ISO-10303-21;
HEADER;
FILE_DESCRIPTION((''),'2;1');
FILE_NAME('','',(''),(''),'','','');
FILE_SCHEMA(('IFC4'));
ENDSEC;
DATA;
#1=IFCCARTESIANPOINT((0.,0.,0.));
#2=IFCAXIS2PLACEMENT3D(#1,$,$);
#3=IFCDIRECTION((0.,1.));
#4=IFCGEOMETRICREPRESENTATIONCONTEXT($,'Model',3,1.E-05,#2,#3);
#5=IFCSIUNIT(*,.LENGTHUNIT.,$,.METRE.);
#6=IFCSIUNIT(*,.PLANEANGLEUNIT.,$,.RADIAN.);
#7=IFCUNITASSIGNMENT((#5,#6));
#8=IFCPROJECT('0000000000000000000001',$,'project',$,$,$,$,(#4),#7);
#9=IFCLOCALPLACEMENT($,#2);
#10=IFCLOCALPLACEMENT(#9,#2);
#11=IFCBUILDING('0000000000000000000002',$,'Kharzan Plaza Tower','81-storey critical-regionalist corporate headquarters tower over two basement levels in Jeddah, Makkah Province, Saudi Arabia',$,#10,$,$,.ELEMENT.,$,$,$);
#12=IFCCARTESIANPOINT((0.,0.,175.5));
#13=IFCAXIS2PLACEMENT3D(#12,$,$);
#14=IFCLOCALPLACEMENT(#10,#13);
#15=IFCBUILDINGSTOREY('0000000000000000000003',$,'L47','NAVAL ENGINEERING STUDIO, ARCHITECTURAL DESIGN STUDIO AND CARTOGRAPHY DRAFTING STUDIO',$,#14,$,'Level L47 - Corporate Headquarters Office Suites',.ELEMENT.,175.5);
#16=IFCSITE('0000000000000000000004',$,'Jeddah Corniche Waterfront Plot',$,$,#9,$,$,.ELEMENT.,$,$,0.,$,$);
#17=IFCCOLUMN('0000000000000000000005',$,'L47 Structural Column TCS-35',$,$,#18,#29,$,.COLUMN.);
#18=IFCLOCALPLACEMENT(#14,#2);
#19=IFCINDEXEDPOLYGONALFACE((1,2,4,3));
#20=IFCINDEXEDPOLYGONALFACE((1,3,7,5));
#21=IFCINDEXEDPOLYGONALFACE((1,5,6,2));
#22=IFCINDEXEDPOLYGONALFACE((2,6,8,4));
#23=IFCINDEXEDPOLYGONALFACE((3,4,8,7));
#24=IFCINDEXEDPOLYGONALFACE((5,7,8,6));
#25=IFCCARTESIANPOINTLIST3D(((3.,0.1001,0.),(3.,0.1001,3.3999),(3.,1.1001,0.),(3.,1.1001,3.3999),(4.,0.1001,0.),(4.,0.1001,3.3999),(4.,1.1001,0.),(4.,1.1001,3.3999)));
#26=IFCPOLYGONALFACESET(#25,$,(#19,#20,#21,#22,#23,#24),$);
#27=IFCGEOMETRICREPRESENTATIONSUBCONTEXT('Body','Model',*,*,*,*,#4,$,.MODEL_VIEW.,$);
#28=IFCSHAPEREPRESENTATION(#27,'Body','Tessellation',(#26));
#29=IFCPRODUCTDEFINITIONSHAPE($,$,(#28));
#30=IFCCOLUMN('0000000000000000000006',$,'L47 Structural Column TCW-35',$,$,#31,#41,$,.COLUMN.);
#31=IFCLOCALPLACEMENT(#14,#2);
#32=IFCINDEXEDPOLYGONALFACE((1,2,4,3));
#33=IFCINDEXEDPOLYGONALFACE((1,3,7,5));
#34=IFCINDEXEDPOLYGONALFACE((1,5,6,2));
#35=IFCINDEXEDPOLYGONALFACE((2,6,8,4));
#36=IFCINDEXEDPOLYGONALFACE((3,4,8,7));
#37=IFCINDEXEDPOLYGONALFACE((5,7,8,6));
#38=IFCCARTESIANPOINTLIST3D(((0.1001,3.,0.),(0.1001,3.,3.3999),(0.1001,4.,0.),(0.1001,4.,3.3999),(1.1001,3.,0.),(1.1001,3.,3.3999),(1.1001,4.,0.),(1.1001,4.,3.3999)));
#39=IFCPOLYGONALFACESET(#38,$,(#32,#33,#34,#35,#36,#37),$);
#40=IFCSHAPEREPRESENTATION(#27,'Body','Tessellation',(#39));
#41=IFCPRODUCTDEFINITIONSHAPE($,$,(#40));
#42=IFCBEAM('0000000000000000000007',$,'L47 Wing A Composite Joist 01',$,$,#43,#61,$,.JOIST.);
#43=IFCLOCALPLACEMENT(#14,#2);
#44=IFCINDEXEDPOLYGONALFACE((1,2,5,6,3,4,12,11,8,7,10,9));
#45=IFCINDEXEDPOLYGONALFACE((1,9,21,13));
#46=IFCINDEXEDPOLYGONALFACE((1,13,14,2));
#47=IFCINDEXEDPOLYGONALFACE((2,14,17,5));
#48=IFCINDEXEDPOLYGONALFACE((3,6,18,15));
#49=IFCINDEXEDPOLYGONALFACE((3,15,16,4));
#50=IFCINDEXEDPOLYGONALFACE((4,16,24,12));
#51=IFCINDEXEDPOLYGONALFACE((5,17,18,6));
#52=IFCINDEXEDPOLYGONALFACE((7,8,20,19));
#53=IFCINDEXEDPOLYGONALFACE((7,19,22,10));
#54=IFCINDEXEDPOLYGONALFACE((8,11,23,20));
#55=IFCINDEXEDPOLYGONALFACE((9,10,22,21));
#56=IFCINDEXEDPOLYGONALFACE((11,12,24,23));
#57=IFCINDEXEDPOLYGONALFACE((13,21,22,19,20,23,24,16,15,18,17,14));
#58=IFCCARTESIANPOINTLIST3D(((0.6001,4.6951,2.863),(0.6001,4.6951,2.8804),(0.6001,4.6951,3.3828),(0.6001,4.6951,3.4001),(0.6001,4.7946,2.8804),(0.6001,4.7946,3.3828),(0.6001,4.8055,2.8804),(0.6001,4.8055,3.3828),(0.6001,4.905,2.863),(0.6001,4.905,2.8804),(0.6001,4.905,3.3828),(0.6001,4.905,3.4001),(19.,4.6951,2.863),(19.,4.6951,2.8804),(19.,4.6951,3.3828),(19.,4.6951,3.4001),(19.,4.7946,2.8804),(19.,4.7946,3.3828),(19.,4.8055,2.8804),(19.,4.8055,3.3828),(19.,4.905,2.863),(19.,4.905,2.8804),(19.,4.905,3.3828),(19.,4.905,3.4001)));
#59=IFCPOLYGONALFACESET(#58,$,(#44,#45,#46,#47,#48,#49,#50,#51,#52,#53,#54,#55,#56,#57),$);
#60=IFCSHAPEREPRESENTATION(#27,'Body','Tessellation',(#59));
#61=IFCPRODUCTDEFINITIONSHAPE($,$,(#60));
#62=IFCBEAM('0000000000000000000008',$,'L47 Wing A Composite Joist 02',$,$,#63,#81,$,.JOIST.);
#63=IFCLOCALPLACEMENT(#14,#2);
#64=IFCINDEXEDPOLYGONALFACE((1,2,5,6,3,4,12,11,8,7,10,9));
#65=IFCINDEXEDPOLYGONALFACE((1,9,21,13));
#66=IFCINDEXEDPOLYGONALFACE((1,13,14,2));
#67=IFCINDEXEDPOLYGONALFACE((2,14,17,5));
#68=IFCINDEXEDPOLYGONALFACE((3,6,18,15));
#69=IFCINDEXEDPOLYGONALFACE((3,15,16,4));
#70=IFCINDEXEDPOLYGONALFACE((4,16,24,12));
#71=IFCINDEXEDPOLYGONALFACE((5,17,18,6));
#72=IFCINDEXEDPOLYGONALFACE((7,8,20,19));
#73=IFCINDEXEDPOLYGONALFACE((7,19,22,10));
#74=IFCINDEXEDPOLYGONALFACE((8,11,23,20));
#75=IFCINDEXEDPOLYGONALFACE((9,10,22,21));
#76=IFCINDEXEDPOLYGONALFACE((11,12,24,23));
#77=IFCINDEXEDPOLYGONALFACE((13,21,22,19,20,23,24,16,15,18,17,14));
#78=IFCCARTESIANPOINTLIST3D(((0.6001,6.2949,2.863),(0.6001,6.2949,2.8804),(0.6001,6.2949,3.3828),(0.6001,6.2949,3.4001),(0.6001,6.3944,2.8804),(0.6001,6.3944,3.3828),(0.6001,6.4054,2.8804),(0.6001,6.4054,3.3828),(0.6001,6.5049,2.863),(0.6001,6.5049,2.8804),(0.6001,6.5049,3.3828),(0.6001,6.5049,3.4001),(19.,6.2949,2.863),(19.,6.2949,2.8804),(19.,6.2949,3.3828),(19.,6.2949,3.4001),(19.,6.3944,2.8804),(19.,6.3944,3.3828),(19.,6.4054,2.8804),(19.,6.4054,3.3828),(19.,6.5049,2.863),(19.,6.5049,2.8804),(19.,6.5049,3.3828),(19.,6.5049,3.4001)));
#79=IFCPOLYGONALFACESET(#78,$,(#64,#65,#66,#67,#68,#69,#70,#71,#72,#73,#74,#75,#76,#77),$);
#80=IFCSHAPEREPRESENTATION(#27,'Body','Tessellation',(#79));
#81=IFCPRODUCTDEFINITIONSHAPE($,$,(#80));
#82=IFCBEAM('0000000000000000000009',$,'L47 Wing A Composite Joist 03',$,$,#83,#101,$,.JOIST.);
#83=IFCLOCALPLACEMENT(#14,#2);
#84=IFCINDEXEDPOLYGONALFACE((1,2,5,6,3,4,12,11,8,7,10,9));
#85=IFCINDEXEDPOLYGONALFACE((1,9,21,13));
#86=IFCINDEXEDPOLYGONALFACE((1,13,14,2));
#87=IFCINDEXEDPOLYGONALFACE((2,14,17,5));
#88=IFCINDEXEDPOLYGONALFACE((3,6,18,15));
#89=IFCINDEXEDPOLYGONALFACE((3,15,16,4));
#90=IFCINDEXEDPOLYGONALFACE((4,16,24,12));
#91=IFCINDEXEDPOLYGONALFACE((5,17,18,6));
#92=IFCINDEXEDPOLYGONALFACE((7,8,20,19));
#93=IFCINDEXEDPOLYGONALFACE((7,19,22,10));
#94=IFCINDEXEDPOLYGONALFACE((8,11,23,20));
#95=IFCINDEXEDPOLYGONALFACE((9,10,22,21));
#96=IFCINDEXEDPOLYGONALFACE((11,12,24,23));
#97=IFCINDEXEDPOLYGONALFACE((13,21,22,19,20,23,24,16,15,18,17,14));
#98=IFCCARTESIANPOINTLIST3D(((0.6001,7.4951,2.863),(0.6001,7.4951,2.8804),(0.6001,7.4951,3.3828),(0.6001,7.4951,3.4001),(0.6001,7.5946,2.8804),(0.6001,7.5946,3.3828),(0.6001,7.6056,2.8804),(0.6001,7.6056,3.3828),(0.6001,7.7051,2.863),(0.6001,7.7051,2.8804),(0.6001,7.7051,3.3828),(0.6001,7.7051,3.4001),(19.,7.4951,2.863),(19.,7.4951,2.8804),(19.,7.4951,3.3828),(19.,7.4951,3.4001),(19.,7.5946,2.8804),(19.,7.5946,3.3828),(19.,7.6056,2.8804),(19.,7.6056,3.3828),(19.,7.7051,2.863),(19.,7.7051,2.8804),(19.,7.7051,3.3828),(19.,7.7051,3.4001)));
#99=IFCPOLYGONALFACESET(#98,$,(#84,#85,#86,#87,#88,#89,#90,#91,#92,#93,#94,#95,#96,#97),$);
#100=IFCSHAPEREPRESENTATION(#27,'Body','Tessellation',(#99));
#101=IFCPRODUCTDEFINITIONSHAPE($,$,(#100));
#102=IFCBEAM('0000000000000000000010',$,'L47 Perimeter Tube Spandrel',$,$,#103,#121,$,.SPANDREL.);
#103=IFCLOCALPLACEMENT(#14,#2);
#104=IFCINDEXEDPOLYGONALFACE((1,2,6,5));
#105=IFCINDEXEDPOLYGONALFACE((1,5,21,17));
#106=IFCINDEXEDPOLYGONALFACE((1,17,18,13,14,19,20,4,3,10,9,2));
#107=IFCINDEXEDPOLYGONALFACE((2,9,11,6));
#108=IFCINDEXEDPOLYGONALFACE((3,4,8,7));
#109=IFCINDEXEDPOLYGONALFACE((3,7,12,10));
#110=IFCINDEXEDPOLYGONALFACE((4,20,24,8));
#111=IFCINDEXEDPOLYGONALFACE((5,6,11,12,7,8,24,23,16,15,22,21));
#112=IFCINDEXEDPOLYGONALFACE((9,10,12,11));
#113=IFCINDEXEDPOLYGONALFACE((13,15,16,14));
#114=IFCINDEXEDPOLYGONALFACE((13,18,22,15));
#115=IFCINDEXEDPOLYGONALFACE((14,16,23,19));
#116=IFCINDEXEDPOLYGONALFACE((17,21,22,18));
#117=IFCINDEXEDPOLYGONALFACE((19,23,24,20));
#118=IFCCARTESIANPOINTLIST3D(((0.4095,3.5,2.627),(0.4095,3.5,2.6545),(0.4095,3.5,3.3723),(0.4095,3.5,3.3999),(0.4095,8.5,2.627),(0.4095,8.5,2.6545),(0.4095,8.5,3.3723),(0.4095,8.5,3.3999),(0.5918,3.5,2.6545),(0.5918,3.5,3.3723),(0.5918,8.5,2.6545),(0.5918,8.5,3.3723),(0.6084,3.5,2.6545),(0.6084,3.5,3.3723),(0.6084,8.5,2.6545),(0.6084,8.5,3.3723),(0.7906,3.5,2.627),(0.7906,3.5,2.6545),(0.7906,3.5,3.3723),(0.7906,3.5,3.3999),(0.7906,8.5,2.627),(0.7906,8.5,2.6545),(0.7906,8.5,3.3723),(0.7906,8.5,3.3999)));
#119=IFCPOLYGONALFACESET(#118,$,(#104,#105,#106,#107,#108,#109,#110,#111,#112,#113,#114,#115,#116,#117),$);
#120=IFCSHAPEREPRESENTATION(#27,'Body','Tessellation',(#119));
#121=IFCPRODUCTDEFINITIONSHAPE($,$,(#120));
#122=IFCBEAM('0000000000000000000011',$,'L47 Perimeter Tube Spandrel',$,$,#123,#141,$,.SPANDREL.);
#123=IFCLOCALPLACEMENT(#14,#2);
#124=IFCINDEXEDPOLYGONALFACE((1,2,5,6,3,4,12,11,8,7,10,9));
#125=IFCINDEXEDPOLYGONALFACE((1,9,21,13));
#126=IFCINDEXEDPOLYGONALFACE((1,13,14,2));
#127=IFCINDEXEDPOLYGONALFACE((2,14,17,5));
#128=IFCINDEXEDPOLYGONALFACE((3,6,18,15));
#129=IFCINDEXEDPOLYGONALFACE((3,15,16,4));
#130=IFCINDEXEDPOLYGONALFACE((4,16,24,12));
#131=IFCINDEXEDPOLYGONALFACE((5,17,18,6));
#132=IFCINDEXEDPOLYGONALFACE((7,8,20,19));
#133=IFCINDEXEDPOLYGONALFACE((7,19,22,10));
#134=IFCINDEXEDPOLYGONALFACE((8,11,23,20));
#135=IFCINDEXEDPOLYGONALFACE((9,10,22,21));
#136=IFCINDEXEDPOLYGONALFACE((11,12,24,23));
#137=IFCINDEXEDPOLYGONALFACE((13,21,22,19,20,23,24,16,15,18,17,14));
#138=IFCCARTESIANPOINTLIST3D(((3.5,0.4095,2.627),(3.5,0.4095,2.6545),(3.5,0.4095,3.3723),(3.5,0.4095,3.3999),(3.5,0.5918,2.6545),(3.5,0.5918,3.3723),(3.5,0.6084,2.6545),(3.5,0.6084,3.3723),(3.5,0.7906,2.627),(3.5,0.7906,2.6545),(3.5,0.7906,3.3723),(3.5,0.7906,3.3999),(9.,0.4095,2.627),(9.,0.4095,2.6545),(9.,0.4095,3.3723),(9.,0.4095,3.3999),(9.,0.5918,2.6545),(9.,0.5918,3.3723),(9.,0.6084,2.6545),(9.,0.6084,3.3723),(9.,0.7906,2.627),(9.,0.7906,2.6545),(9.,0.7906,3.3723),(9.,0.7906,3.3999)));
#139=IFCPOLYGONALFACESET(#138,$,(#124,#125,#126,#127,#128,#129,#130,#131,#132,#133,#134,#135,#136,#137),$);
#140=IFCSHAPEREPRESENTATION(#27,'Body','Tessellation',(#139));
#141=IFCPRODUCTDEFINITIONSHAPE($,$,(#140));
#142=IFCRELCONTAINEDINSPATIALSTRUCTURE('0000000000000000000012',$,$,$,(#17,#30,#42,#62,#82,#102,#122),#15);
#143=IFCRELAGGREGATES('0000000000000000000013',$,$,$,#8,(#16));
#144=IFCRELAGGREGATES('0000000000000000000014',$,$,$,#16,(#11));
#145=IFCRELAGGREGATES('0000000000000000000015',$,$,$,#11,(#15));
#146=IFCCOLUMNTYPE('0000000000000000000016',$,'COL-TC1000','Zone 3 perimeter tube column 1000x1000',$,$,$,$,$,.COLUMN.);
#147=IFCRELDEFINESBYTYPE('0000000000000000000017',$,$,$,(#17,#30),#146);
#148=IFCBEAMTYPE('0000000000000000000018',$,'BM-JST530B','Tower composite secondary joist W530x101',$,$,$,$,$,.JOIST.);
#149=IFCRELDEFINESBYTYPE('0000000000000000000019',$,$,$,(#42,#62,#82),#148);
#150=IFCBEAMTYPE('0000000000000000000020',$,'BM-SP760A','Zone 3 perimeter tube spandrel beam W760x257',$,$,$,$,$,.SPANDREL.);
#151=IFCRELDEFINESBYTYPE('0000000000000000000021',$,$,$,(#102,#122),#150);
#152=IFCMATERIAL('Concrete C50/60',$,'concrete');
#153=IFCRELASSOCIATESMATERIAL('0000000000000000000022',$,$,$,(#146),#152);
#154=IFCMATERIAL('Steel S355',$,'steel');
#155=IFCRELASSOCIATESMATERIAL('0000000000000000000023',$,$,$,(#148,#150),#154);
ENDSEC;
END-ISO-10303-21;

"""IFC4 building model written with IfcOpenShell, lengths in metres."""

from ifc_helpers import new_model, si_unit, direction, frame, origin, origin_2d, place, context, subcontext, project, spatial, rectangle, i_section, extrude, source, transform, mapped, material, material_profile, profile_set, type_object, element, save


model = new_model("IFC4")

# Units and contexts
model_context = context("Model", 3, precision=1e-05, world=origin(), true_north=direction((0.0, 1.0)))
body_context = subcontext(model_context, "Body", "Model", "MODEL_VIEW")
ifc_project = project(units=[si_unit("LENGTHUNIT", "METRE"), si_unit("PLANEANGLEUNIT", "RADIAN")], contexts=[model_context])

# Site, building, storey
site_placement = place(None, origin())
site = spatial("IfcSite", under=ifc_project, at=site_placement, Name="Jeddah Corniche Waterfront Plot", CompositionType="ELEMENT", RefElevation=0.0)
building_placement = place(site_placement, origin())
building = spatial("IfcBuilding", under=site, at=building_placement, Name="Kharzan Plaza Tower", Description="81-storey critical-regionalist corporate headquarters tower over two basement levels in Jeddah, Makkah Province, Saudi Arabia", CompositionType="ELEMENT")
storey_placement = place(building_placement, frame((0.0, 0.0, 175.5)))
storey = spatial("IfcBuildingStorey", under=building, at=storey_placement, Name="L47", Description="NAVAL ENGINEERING STUDIO, ARCHITECTURAL DESIGN STUDIO AND CARTOGRAPHY DRAFTING STUDIO", LongName="Level L47 - Corporate Headquarters Office Suites", CompositionType="ELEMENT", Elevation=175.5)

# Columns
ifc_material_1 = material(Name="Concrete C50/60", Category="concrete")
ifc_material_profile_1 = material_profile(ifc_material_1, rectangle(XDim=1.0, YDim=1.0, at=origin_2d()), Name="RC-TC1000x1000")
ifc_profile_set_1 = profile_set([ifc_material_profile_1], Name="Concrete C50/60")
column_type = type_object("IfcColumnType", Name="COL-TC1000", Description="Zone 3 perimeter tube column 1000x1000", PredefinedType="COLUMN", material=ifc_profile_set_1)
shared_shape_1 = source(origin(), body_context, "Body", "SweptSolid", [
    extrude(rectangle(XDim=1.0, YDim=1.0, at=origin_2d()), origin(), (0.0, 0.0, 1.0), 3.3999),
])
for number, where, z_axis, x_axis, name in (
    (1, (3.5, 0.6001, 0.0), (0.0, 0.0, 1.0), (1.0, 0.0, 0.0), "L47 Structural Column TCS-35"),
    (2, (0.6001, 3.5, 0.0), (0.0, 0.0, 1.0), (1.0, 0.0, 0.0), "L47 Structural Column TCW-35"),
):
    element("IfcColumn", number, at=place(storey_placement, frame(where, z_axis=z_axis, x_axis=x_axis)), inside=storey, type_object=column_type, Name=name, PredefinedType="COLUMN", context=body_context, shape_type="MappedRepresentation", body=[
        mapped(shared_shape_1, transform((0.0, 0.0, 0.0), x_axis=(1.0, 0.0, 0.0), y_axis=(0.0, 1.0, 0.0), z_axis=(0.0, 0.0, 1.0))),
    ])

# Beams
ifc_material_2 = material(Name="Steel S355", Category="steel")
ifc_material_profile_2 = material_profile(ifc_material_2, i_section(OverallWidth=0.21, OverallDepth=0.5371, WebThickness=0.011, FlangeThickness=0.0173, at=origin_2d()), Name="W530x101")
ifc_profile_set_2 = profile_set([ifc_material_profile_2], Name="Steel S355")
beam_type_1 = type_object("IfcBeamType", Name="BM-JST530B", Description="Tower composite secondary joist W530x101", PredefinedType="JOIST", material=ifc_profile_set_2)
shared_shape_2 = source(origin(), body_context, "Body", "SweptSolid", [
    extrude(i_section(OverallWidth=0.21, OverallDepth=0.5371, WebThickness=0.011, FlangeThickness=0.0173, at=origin_2d()), origin(), (0.0, 0.0, 1.0), 18.3999),
])
for number, where, z_axis, x_axis, name in (
    (3, (0.6001, 4.8, 3.1316), (1.0, 0.0, 0.0), (0.0, 1.0, 0.0), "L47 Wing A Composite Joist 01"),
    (4, (0.6001, 6.3999, 3.1316), (1.0, 0.0, 0.0), (0.0, 1.0, 0.0), "L47 Wing A Composite Joist 02"),
    (5, (0.6001, 7.6001, 3.1316), (1.0, 0.0, 0.0), (0.0, 1.0, 0.0), "L47 Wing A Composite Joist 03"),
):
    element("IfcBeam", number, at=place(storey_placement, frame(where, z_axis=z_axis, x_axis=x_axis)), inside=storey, type_object=beam_type_1, Name=name, PredefinedType="JOIST", context=body_context, shape_type="MappedRepresentation", body=[
        mapped(shared_shape_2, transform((0.0, 0.0, 0.0), x_axis=(1.0, 0.0, 0.0), y_axis=(0.0, 1.0, 0.0), z_axis=(0.0, 0.0, 1.0))),
    ])
ifc_material_profile_3 = material_profile(ifc_material_2, i_section(OverallWidth=0.3811, OverallDepth=0.7729, WebThickness=0.0166, FlangeThickness=0.0276, at=origin_2d()), Name="W760x257")
ifc_profile_set_3 = profile_set([ifc_material_profile_3], Name="Steel S355")
beam_type_2 = type_object("IfcBeamType", Name="BM-SP760A", Description="Zone 3 perimeter tube spandrel beam W760x257", PredefinedType="SPANDREL", material=ifc_profile_set_3)
shared_shape_3 = source(origin(), body_context, "Body", "SweptSolid", [
    extrude(i_section(OverallWidth=0.3811, OverallDepth=0.7729, WebThickness=0.0166, FlangeThickness=0.0276, at=origin_2d()), origin(), (0.0, 0.0, 1.0), 5.0),
])
beam_1_placement = place(storey_placement, frame((0.6001, 3.5, 3.0134), z_axis=(0.0, 1.0, 0.0), x_axis=(-1.0, 0.0, 0.0)))
element("IfcBeam", 6, at=beam_1_placement, inside=storey, type_object=beam_type_2, Name="L47 Perimeter Tube Spandrel", PredefinedType="SPANDREL", context=body_context, shape_type="MappedRepresentation", body=[
    mapped(shared_shape_3, transform((0.0, 0.0, 0.0), x_axis=(1.0, 0.0, 0.0), y_axis=(0.0, 1.0, 0.0), z_axis=(0.0, 0.0, 1.0))),
])
shared_shape_4 = source(origin(), body_context, "Body", "SweptSolid", [
    extrude(i_section(OverallWidth=0.3811, OverallDepth=0.7729, WebThickness=0.0166, FlangeThickness=0.0276, at=origin_2d()), origin(), (0.0, 0.0, 1.0), 5.5),
])
beam_2_placement = place(storey_placement, frame((3.5, 0.6001, 3.0134), z_axis=(1.0, 0.0, 0.0), x_axis=(0.0, 1.0, 0.0)))
element("IfcBeam", 7, at=beam_2_placement, inside=storey, type_object=beam_type_2, Name="L47 Perimeter Tube Spandrel", PredefinedType="SPANDREL", context=body_context, shape_type="MappedRepresentation", body=[
    mapped(shared_shape_4, transform((0.0, 0.0, 0.0), x_axis=(1.0, 0.0, 0.0), y_axis=(0.0, 1.0, 0.0), z_axis=(0.0, 0.0, 1.0))),
])

save(model, "model.ifc")
